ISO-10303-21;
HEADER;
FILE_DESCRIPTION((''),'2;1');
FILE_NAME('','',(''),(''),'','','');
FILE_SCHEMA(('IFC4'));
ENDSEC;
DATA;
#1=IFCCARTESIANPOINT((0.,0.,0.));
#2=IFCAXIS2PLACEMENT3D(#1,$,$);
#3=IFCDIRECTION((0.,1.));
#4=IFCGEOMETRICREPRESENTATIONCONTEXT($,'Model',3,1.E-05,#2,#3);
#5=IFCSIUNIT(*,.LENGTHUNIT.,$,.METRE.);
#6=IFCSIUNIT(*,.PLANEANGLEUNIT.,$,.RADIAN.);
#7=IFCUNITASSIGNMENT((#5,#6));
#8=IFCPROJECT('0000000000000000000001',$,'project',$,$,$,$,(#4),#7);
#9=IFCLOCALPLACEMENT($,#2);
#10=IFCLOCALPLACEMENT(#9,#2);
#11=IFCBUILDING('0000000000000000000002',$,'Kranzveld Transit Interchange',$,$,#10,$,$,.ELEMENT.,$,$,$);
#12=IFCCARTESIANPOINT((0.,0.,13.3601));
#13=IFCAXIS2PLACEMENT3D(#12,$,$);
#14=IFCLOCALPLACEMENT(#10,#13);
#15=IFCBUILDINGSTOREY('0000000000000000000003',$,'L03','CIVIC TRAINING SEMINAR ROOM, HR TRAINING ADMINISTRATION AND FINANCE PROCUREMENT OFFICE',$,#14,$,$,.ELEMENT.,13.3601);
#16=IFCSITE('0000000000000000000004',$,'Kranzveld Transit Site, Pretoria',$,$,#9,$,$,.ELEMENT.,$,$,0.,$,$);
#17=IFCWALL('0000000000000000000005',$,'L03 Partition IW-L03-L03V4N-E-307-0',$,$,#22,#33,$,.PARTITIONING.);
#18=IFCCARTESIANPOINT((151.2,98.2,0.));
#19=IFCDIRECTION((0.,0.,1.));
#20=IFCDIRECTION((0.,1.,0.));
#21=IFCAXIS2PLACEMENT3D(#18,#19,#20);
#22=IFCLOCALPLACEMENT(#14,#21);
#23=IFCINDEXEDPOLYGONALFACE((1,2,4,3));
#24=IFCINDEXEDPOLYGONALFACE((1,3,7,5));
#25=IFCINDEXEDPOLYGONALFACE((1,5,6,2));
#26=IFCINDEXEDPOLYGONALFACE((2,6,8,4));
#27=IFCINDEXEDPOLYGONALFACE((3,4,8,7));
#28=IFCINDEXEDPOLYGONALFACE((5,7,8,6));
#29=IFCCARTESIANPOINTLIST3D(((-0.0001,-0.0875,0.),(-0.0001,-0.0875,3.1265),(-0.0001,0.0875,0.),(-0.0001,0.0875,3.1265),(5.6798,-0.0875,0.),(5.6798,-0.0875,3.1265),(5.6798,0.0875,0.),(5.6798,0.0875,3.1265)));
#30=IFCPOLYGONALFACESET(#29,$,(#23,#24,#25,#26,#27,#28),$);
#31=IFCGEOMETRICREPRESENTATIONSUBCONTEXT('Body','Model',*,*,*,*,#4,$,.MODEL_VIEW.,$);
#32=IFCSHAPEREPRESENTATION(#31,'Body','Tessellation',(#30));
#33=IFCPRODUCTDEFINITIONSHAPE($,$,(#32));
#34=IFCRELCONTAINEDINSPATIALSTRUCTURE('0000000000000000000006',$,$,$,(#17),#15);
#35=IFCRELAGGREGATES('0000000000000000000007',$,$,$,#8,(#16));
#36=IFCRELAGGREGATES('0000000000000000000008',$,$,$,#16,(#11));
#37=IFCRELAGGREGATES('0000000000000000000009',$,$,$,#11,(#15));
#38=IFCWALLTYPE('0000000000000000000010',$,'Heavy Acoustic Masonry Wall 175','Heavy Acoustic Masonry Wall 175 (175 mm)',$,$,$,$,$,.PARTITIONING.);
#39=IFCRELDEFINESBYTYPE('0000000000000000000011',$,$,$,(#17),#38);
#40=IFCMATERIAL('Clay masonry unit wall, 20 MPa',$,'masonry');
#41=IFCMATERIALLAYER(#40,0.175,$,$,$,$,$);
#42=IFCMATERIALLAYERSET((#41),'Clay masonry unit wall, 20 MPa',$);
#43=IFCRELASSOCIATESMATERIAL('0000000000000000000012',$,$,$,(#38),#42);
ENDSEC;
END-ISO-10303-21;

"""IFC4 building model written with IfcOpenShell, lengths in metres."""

from ifc_helpers import new_model, si_unit, direction, frame, frame_2d, origin, place, context, subcontext, project, spatial, rectangle, extrude, material, layer, layer_set, type_object, element, save


model = new_model("IFC4")

# Units and contexts
model_context = context("Model", 3, precision=1e-05, world=origin(), true_north=direction((0.0, 1.0)))
body_context = subcontext(model_context, "Body", "Model", "MODEL_VIEW")
ifc_project = project(units=[si_unit("LENGTHUNIT", "METRE"), si_unit("PLANEANGLEUNIT", "RADIAN")], contexts=[model_context])

# Site, building, storey
site_placement = place(None, origin())
site = spatial("IfcSite", under=ifc_project, at=site_placement, Name="Kranzveld Transit Site, Pretoria", CompositionType="ELEMENT", RefElevation=0.0)
building_placement = place(site_placement, origin())
building = spatial("IfcBuilding", under=site, at=building_placement, Name="Kranzveld Transit Interchange", CompositionType="ELEMENT")
storey_placement = place(building_placement, frame((0.0, 0.0, 13.3601)))
storey = spatial("IfcBuildingStorey", under=building, at=storey_placement, Name="L03", Description="CIVIC TRAINING SEMINAR ROOM, HR TRAINING ADMINISTRATION AND FINANCE PROCUREMENT OFFICE", CompositionType="ELEMENT", Elevation=13.3601)

# Wall
ifc_material_1 = material(Name="Clay masonry unit wall, 20 MPa", Category="masonry")
ifc_layer_1 = layer(ifc_material_1, 0.175)
ifc_layer_set_1 = layer_set([ifc_layer_1], Name="Clay masonry unit wall, 20 MPa")
wall_type_1 = type_object("IfcWallType", Name="Heavy Acoustic Masonry Wall 175", Description="Heavy Acoustic Masonry Wall 175 (175 mm)", PredefinedType="PARTITIONING", material=ifc_layer_set_1)
wall_1_placement = place(storey_placement, frame((151.2, 98.2, 0.0), z_axis=(0.0, 0.0, 1.0), x_axis=(0.0, 1.0, 0.0)))
element("IfcWall", 1, at=wall_1_placement, inside=storey, type_object=wall_type_1, Name="L03 Partition IW-L03-L03V4N-E-307-0", PredefinedType="PARTITIONING", context=body_context, shape_type="SweptSolid", body=[
    extrude(rectangle(XDim=5.6799, YDim=0.175, at=frame_2d((2.8398, 0.0))), origin(), (0.0, 0.0, 1.0), 3.1265),
])

save(model, "model.ifc")
